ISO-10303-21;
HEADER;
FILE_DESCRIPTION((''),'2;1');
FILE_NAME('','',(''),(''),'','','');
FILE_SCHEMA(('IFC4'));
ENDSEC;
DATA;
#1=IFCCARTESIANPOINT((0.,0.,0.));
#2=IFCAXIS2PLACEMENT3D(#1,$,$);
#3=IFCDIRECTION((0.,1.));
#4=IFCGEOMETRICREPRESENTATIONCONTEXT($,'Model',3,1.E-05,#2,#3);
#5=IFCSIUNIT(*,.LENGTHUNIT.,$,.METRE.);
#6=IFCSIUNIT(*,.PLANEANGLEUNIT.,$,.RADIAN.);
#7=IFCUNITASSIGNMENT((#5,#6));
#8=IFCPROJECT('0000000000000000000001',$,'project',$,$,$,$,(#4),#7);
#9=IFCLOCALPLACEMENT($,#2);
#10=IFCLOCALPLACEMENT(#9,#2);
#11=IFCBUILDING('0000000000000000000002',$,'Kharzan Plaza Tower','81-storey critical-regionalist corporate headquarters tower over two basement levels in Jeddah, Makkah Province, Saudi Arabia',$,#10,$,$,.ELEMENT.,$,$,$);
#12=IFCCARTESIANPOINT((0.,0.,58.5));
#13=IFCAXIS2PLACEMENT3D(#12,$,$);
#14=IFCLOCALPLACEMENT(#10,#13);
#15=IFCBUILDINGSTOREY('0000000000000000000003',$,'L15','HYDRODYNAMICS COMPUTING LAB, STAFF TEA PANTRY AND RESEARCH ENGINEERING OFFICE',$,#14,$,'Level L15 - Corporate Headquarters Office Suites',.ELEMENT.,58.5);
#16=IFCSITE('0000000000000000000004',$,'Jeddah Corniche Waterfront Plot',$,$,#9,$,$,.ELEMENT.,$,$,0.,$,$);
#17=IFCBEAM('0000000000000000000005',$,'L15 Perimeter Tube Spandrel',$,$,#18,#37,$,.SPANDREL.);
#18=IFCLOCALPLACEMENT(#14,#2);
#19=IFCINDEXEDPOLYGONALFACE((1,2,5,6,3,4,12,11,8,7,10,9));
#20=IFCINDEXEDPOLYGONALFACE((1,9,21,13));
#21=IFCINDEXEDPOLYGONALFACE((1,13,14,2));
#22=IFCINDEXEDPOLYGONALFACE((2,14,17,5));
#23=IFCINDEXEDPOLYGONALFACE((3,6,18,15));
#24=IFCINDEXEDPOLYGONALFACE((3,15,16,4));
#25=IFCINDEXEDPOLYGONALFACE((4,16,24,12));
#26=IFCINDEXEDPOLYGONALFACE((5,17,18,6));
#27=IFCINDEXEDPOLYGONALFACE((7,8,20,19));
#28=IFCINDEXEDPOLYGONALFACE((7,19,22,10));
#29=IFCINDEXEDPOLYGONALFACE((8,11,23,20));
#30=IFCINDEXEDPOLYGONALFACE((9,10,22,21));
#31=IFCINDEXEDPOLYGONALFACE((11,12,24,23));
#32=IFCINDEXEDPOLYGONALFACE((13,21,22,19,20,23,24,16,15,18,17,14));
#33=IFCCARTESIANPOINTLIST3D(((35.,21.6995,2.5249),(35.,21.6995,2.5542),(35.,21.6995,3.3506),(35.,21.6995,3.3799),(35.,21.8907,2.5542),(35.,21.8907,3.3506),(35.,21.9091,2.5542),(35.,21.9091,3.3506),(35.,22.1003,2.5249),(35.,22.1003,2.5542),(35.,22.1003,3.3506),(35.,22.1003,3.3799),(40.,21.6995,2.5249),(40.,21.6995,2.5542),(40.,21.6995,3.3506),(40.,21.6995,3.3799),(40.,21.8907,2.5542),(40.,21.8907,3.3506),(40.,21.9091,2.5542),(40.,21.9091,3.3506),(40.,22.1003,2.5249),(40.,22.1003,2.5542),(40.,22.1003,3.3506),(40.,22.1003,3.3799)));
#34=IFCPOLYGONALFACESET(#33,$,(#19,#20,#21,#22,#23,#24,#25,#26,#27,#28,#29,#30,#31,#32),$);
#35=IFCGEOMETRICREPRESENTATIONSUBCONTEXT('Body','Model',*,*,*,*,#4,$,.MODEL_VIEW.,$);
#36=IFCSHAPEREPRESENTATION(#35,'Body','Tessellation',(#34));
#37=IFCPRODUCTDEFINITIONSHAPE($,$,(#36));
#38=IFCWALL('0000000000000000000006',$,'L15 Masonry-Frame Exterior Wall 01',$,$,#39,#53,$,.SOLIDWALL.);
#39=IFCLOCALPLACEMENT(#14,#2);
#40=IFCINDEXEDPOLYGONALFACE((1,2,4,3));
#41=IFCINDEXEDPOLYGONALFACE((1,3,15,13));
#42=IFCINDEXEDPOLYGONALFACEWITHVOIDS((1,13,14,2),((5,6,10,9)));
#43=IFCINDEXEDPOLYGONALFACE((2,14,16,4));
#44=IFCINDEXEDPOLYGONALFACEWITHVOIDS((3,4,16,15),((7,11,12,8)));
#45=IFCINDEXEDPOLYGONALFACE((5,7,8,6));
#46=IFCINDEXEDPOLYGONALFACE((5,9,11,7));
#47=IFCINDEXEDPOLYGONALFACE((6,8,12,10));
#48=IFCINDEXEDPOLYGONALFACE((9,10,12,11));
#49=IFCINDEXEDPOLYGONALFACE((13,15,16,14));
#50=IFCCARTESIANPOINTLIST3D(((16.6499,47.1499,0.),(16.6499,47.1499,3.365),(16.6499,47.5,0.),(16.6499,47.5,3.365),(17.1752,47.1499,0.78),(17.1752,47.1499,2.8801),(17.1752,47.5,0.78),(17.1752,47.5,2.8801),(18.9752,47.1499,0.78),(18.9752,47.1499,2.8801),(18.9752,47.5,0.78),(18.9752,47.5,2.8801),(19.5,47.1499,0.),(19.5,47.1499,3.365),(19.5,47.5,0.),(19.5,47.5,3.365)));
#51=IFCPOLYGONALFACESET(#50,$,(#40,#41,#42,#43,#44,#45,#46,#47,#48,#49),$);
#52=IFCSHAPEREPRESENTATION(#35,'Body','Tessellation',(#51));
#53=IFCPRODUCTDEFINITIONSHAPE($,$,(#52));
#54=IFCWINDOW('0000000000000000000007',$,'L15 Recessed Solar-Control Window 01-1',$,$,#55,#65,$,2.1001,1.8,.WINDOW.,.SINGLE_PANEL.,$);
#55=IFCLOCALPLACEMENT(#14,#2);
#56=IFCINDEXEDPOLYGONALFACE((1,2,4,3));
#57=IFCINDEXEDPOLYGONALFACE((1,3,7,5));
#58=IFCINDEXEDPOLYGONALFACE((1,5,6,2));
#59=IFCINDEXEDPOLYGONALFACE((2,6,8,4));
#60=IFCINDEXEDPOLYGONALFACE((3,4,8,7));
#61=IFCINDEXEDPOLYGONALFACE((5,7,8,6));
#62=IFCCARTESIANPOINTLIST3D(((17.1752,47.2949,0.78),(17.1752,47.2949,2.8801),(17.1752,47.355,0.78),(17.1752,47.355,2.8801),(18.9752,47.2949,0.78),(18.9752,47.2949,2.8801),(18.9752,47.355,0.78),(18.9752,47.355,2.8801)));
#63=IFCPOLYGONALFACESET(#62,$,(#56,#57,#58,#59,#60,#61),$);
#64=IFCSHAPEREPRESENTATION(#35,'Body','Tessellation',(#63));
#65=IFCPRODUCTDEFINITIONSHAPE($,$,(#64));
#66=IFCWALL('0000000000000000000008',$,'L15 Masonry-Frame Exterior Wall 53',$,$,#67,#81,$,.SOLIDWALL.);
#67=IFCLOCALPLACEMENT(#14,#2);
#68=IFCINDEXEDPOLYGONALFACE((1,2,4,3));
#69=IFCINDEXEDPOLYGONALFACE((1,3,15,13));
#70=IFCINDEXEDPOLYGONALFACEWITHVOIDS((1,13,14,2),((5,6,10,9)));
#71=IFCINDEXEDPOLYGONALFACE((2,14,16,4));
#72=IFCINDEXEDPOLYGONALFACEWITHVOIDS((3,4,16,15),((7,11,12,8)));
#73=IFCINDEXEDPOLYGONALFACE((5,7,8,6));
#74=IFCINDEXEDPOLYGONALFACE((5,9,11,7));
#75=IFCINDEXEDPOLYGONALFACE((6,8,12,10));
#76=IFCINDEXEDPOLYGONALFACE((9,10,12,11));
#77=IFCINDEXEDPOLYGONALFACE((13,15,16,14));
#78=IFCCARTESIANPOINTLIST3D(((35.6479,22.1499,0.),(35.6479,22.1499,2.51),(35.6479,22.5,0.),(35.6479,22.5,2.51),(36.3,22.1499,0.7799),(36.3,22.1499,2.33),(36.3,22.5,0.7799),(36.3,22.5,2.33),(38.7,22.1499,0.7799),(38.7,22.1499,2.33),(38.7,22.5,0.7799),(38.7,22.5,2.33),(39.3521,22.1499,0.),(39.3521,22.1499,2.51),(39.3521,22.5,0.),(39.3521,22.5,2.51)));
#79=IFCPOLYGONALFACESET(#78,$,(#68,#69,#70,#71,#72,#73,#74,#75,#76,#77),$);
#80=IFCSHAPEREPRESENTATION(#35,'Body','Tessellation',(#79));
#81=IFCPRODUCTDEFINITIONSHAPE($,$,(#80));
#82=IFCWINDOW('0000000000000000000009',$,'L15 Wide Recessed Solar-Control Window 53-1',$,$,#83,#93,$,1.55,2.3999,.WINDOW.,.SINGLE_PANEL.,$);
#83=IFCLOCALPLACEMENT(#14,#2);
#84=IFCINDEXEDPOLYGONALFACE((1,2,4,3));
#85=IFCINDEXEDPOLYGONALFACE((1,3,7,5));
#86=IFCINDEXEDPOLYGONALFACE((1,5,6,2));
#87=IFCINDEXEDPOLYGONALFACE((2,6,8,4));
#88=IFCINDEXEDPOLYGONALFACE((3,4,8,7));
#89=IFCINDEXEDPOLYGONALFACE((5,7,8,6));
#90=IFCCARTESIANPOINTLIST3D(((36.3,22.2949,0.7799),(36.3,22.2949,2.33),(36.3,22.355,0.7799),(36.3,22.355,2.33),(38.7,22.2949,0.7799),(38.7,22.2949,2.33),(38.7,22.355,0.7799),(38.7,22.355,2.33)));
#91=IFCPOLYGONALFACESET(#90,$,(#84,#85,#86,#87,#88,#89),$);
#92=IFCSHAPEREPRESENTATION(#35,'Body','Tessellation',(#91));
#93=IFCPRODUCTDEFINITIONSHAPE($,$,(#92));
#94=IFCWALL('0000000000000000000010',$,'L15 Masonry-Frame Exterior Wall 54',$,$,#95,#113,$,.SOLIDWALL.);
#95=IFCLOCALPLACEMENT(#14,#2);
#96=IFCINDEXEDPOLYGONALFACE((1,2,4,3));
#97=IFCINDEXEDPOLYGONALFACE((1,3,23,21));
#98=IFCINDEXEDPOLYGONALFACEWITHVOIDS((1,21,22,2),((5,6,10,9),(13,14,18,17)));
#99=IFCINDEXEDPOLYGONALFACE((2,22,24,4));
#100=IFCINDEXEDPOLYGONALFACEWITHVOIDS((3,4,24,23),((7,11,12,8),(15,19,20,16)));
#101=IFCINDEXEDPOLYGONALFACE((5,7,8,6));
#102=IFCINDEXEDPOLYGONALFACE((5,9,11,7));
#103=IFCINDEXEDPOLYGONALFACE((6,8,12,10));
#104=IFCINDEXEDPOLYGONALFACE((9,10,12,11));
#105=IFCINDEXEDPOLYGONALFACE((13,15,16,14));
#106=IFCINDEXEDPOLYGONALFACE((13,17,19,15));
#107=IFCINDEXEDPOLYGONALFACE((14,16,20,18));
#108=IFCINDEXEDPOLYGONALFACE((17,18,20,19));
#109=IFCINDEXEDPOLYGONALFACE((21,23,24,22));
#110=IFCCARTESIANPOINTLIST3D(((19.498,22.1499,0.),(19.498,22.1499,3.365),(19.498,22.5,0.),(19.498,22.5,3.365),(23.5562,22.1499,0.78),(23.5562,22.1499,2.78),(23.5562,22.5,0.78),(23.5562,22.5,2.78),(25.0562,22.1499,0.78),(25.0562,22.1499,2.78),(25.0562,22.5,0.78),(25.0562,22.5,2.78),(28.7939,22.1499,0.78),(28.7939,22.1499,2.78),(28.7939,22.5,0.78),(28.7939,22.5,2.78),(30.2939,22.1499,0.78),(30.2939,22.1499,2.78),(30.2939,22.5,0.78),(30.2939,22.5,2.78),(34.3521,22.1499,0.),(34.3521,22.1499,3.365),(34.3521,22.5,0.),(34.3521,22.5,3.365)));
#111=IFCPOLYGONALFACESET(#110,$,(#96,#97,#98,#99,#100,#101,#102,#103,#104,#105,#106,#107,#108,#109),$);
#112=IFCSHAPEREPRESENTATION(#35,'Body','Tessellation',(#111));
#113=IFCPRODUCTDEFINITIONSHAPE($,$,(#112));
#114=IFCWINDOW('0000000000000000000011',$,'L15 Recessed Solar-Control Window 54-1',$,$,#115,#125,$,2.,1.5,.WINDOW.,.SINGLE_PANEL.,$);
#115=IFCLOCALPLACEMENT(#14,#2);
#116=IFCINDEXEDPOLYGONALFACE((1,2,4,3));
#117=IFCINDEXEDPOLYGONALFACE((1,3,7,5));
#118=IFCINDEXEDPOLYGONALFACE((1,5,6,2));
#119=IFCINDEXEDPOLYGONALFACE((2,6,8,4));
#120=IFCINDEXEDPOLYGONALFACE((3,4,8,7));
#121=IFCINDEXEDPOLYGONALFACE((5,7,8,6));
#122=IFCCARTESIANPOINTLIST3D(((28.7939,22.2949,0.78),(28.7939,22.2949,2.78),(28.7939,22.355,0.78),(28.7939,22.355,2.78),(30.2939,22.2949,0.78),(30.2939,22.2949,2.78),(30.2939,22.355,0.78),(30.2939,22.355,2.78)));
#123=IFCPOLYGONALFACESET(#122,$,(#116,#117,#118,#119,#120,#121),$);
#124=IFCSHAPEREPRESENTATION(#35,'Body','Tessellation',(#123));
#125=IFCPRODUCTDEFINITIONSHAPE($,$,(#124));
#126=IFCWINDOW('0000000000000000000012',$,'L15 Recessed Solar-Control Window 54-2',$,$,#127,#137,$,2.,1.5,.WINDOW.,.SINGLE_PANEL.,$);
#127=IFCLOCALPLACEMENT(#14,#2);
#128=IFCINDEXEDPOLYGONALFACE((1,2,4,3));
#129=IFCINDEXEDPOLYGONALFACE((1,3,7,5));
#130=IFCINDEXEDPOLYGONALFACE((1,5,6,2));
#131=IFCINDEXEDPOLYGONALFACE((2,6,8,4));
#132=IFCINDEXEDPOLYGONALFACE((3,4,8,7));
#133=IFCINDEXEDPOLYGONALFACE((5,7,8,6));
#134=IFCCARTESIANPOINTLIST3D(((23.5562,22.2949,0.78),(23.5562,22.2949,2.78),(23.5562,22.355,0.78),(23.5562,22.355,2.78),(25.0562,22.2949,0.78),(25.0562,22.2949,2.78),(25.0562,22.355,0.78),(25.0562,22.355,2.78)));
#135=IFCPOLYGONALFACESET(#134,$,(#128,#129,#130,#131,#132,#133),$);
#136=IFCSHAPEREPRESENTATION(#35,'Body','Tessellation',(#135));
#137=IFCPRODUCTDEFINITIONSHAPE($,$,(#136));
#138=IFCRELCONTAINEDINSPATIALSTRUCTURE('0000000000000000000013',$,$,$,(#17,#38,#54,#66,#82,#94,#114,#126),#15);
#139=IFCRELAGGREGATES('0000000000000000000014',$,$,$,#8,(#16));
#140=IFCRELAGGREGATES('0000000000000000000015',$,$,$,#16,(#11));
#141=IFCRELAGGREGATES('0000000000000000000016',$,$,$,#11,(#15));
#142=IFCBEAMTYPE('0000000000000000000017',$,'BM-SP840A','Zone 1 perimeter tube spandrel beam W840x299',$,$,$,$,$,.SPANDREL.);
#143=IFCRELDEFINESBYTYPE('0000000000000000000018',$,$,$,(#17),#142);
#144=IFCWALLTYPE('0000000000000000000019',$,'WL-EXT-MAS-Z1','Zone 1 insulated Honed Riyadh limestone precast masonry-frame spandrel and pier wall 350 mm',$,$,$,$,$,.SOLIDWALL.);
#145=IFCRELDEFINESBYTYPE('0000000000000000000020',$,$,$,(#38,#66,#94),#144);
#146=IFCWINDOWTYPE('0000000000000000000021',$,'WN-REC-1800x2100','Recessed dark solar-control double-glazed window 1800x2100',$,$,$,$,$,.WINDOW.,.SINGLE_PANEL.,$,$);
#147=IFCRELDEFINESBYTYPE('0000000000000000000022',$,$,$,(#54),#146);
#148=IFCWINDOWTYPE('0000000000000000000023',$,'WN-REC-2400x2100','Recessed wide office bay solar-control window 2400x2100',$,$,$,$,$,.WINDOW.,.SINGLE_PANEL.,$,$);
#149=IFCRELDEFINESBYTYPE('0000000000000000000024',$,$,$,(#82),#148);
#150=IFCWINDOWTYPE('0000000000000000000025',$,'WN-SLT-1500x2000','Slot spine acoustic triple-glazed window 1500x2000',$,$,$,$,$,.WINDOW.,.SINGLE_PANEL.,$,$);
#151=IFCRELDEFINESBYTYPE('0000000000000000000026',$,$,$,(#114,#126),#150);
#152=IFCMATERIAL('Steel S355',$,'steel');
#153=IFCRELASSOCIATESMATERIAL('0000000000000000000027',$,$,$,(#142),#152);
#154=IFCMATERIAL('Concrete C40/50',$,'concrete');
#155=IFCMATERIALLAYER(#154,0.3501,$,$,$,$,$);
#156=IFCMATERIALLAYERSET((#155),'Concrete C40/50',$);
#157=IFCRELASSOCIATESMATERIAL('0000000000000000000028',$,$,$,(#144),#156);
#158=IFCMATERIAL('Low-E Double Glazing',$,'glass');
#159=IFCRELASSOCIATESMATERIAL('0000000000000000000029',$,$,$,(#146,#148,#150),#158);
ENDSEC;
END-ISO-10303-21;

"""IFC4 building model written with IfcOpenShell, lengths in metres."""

from ifc_helpers import new_model, si_unit, direction, frame, frame_2d, origin, origin_2d, place, context, subcontext, project, spatial, rectangle, i_section, extrude, source, transform, mapped, material, layer, layer_set, material_profile, profile_set, type_object, element, fill, save


model = new_model("IFC4")

# Units and contexts
model_context = context("Model", 3, precision=1e-05, world=origin(), true_north=direction((0.0, 1.0)))
body_context = subcontext(model_context, "Body", "Model", "MODEL_VIEW")
ifc_project = project(units=[si_unit("LENGTHUNIT", "METRE"), si_unit("PLANEANGLEUNIT", "RADIAN")], contexts=[model_context])

# Site, building, storey
site_placement = place(None, origin())
site = spatial("IfcSite", under=ifc_project, at=site_placement, Name="Jeddah Corniche Waterfront Plot", CompositionType="ELEMENT", RefElevation=0.0)
building_placement = place(site_placement, origin())
building = spatial("IfcBuilding", under=site, at=building_placement, Name="Kharzan Plaza Tower", Description="81-storey critical-regionalist corporate headquarters tower over two basement levels in Jeddah, Makkah Province, Saudi Arabia", CompositionType="ELEMENT")
storey_placement = place(building_placement, frame((0.0, 0.0, 58.5)))
storey = spatial("IfcBuildingStorey", under=building, at=storey_placement, Name="L15", Description="HYDRODYNAMICS COMPUTING LAB, STAFF TEA PANTRY AND RESEARCH ENGINEERING OFFICE", LongName="Level L15 - Corporate Headquarters Office Suites", CompositionType="ELEMENT", Elevation=58.5)

# Beam
ifc_material_1 = material(Name="Steel S355", Category="steel")
ifc_material_profile_1 = material_profile(ifc_material_1, i_section(OverallWidth=0.4009, OverallDepth=0.855, WebThickness=0.0183, FlangeThickness=0.0293, at=origin_2d()), Name="W840x299")
ifc_profile_set_1 = profile_set([ifc_material_profile_1], Name="Steel S355")
beam_type_1 = type_object("IfcBeamType", Name="BM-SP840A", Description="Zone 1 perimeter tube spandrel beam W840x299", PredefinedType="SPANDREL", material=ifc_profile_set_1)
shared_shape_1 = source(origin(), body_context, "Body", "SweptSolid", [
    extrude(i_section(OverallWidth=0.4009, OverallDepth=0.855, WebThickness=0.0183, FlangeThickness=0.0293, at=origin_2d()), origin(), (0.0, 0.0, 1.0), 5.0),
])
beam_1_placement = place(storey_placement, frame((35.0, 21.8999, 2.9524), z_axis=(1.0, 0.0, 0.0), x_axis=(0.0, 1.0, 0.0)))
element("IfcBeam", 1, at=beam_1_placement, inside=storey, type_object=beam_type_1, Name="L15 Perimeter Tube Spandrel", PredefinedType="SPANDREL", context=body_context, shape_type="MappedRepresentation", body=[
    mapped(shared_shape_1, transform((0.0, 0.0, 0.0), x_axis=(1.0, 0.0, 0.0), y_axis=(0.0, 1.0, 0.0), z_axis=(0.0, 0.0, 1.0))),
])

# Walls, openings, windows
ifc_material_2 = material(Name="Concrete C40/50", Category="concrete")
ifc_layer_1 = layer(ifc_material_2, 0.3501)
ifc_layer_set_1 = layer_set([ifc_layer_1], Name="Concrete C40/50")
wall_type_1 = type_object("IfcWallType", Name="WL-EXT-MAS-Z1", Description="Zone 1 insulated Honed Riyadh limestone precast masonry-frame spandrel and pier wall 350 mm", PredefinedType="SOLIDWALL", material=ifc_layer_set_1)
wall_1_placement = place(storey_placement, frame((19.5, 47.325, 0.0), z_axis=(0.0, 0.0, 1.0), x_axis=(-1.0, 0.0, 0.0)))
wall_1 = element("IfcWall", 2, at=wall_1_placement, inside=storey, type_object=wall_type_1, Name="L15 Masonry-Frame Exterior Wall 01", PredefinedType="SOLIDWALL", context=body_context, shape_type="SweptSolid", body=[
    extrude(rectangle(XDim=2.8501, YDim=0.3501, at=frame_2d((1.425, 0.0))), origin(), (0.0, 0.0, 1.0), 3.365),
])
opening_1_placement = place(wall_1_placement, frame((0.5249, 0.0, 0.78)))
opening_1 = element("IfcOpeningElement", 3, at=opening_1_placement, cuts=wall_1, PredefinedType="OPENING", context=body_context, shape_type="SweptSolid", body=[
    extrude(rectangle(XDim=1.8, YDim=2.1001, at=frame_2d((0.8999, 1.05))), frame((0.0, 0.1851, 0.0), z_axis=(0.0, -1.0, 0.0), x_axis=(1.0, 0.0, 0.0)), (0.0, 0.0, 1.0), 0.3701),
])
ifc_material_3 = material(Name="Low-E Double Glazing", Category="glass")
window_type_1 = type_object("IfcWindowType", Name="WN-REC-1800x2100", Description="Recessed dark solar-control double-glazed window 1800x2100", PartitioningType="SINGLE_PANEL", PredefinedType="WINDOW", material=ifc_material_3)
shared_shape_2 = source(origin(), body_context, "Body", "SweptSolid", [
    extrude(rectangle(XDim=1.8, YDim=2.1001, at=frame_2d((0.8999, 1.05))), frame((0.0, 0.03, 0.0), z_axis=(0.0, -1.0, 0.0), x_axis=(1.0, 0.0, 0.0)), (0.0, 0.0, 1.0), 0.0601),
])
window_1_placement = place(opening_1_placement, origin())
window_1 = element("IfcWindow", 4, at=window_1_placement, inside=storey, type_object=window_type_1, Name="L15 Recessed Solar-Control Window 01-1", OverallHeight=2.1001, OverallWidth=1.8, PartitioningType="SINGLE_PANEL", PredefinedType="WINDOW", context=body_context, shape_type="MappedRepresentation", body=[
    mapped(shared_shape_2, transform((0.0, 0.0, 0.0), x_axis=(1.0, 0.0, 0.0), y_axis=(0.0, 1.0, 0.0), z_axis=(0.0, 0.0, 1.0))),
])
fill(opening_1, window_1)
wall_2_placement = place(storey_placement, frame((39.3521, 22.325, 0.0), z_axis=(0.0, 0.0, 1.0), x_axis=(-1.0, 0.0, 0.0)))
wall_2 = element("IfcWall", 5, at=wall_2_placement, inside=storey, type_object=wall_type_1, Name="L15 Masonry-Frame Exterior Wall 53", PredefinedType="SOLIDWALL", context=body_context, shape_type="SweptSolid", body=[
    extrude(rectangle(XDim=3.7041, YDim=0.3501, at=frame_2d((1.8521, 0.0))), origin(), (0.0, 0.0, 1.0), 2.51),
])
opening_2_placement = place(wall_2_placement, frame((0.6521, 0.0, 0.78)))
opening_2 = element("IfcOpeningElement", 6, at=opening_2_placement, cuts=wall_2, PredefinedType="OPENING", context=body_context, shape_type="SweptSolid", body=[
    extrude(rectangle(XDim=2.3999, YDim=1.55, at=frame_2d((1.2, 0.7749))), frame((0.0, 0.1851, 0.0), z_axis=(0.0, -1.0, 0.0), x_axis=(1.0, 0.0, 0.0)), (0.0, 0.0, 1.0), 0.3701),
])
window_type_2 = type_object("IfcWindowType", Name="WN-REC-2400x2100", Description="Recessed wide office bay solar-control window 2400x2100", PartitioningType="SINGLE_PANEL", PredefinedType="WINDOW", material=ifc_material_3)
shared_shape_3 = source(origin(), body_context, "Body", "SweptSolid", [
    extrude(rectangle(XDim=2.3999, YDim=1.55, at=frame_2d((1.2, 0.7749))), frame((0.0, 0.03, 0.0), z_axis=(0.0, -1.0, 0.0), x_axis=(1.0, 0.0, 0.0)), (0.0, 0.0, 1.0), 0.0601),
])
window_2_placement = place(opening_2_placement, origin())
window_2 = element("IfcWindow", 7, at=window_2_placement, inside=storey, type_object=window_type_2, Name="L15 Wide Recessed Solar-Control Window 53-1", OverallHeight=1.55, OverallWidth=2.3999, PartitioningType="SINGLE_PANEL", PredefinedType="WINDOW", context=body_context, shape_type="MappedRepresentation", body=[
    mapped(shared_shape_3, transform((0.0, 0.0, 0.0), x_axis=(1.0, 0.0, 0.0), y_axis=(0.0, 1.0, 0.0), z_axis=(0.0, 0.0, 1.0))),
])
fill(opening_2, window_2)

# Wall, openings, windows
wall_3_placement = place(storey_placement, frame((34.3521, 22.325, 0.0), z_axis=(0.0, 0.0, 1.0), x_axis=(-1.0, 0.0, 0.0)))
wall_3 = element("IfcWall", 8, at=wall_3_placement, inside=storey, type_object=wall_type_1, Name="L15 Masonry-Frame Exterior Wall 54", PredefinedType="SOLIDWALL", context=body_context, shape_type="SweptSolid", body=[
    extrude(rectangle(XDim=14.854, YDim=0.3501, at=frame_2d((7.427, 0.0))), origin(), (0.0, 0.0, 1.0), 3.365),
])
opening_3_placement = place(wall_3_placement, frame((4.0581, 0.0, 0.78)))
opening_3 = element("IfcOpeningElement", 9, at=opening_3_placement, cuts=wall_3, PredefinedType="OPENING", context=body_context, shape_type="SweptSolid", body=[
    extrude(rectangle(XDim=1.5, YDim=2.0, at=frame_2d((0.75, 1.0))), frame((0.0, 0.1851, 0.0), z_axis=(0.0, -1.0, 0.0), x_axis=(1.0, 0.0, 0.0)), (0.0, 0.0, 1.0), 0.3701),
])
opening_4_placement = place(wall_3_placement, frame((9.2959, 0.0, 0.78)))
opening_4 = element("IfcOpeningElement", 10, at=opening_4_placement, cuts=wall_3, PredefinedType="OPENING", context=body_context, shape_type="SweptSolid", body=[
    extrude(rectangle(XDim=1.5, YDim=2.0, at=frame_2d((0.75, 1.0))), frame((0.0, 0.1851, 0.0), z_axis=(0.0, -1.0, 0.0), x_axis=(1.0, 0.0, 0.0)), (0.0, 0.0, 1.0), 0.3701),
])
window_type_3 = type_object("IfcWindowType", Name="WN-SLT-1500x2000", Description="Slot spine acoustic triple-glazed window 1500x2000", PartitioningType="SINGLE_PANEL", PredefinedType="WINDOW", material=ifc_material_3)
shared_shape_4 = source(origin(), body_context, "Body", "SweptSolid", [
    extrude(rectangle(XDim=1.5, YDim=2.0, at=frame_2d((0.75, 1.0))), frame((0.0, 0.03, 0.0), z_axis=(0.0, -1.0, 0.0), x_axis=(1.0, 0.0, 0.0)), (0.0, 0.0, 1.0), 0.0601),
])
window_3_placement = place(opening_3_placement, origin())
window_3 = element("IfcWindow", 11, at=window_3_placement, inside=storey, type_object=window_type_3, Name="L15 Recessed Solar-Control Window 54-1", OverallHeight=2.0, OverallWidth=1.5, PartitioningType="SINGLE_PANEL", PredefinedType="WINDOW", context=body_context, shape_type="MappedRepresentation", body=[
    mapped(shared_shape_4, transform((0.0, 0.0, 0.0), x_axis=(1.0, 0.0, 0.0), y_axis=(0.0, 1.0, 0.0), z_axis=(0.0, 0.0, 1.0))),
])
fill(opening_3, window_3)
window_4_placement = place(opening_4_placement, origin())
window_4 = element("IfcWindow", 12, at=window_4_placement, inside=storey, type_object=window_type_3, Name="L15 Recessed Solar-Control Window 54-2", OverallHeight=2.0, OverallWidth=1.5, PartitioningType="SINGLE_PANEL", PredefinedType="WINDOW", context=body_context, shape_type="MappedRepresentation", body=[
    mapped(shared_shape_4, transform((0.0, 0.0, 0.0), x_axis=(1.0, 0.0, 0.0), y_axis=(0.0, 1.0, 0.0), z_axis=(0.0, 0.0, 1.0))),
])
fill(opening_4, window_4)

save(model, "model.ifc")
